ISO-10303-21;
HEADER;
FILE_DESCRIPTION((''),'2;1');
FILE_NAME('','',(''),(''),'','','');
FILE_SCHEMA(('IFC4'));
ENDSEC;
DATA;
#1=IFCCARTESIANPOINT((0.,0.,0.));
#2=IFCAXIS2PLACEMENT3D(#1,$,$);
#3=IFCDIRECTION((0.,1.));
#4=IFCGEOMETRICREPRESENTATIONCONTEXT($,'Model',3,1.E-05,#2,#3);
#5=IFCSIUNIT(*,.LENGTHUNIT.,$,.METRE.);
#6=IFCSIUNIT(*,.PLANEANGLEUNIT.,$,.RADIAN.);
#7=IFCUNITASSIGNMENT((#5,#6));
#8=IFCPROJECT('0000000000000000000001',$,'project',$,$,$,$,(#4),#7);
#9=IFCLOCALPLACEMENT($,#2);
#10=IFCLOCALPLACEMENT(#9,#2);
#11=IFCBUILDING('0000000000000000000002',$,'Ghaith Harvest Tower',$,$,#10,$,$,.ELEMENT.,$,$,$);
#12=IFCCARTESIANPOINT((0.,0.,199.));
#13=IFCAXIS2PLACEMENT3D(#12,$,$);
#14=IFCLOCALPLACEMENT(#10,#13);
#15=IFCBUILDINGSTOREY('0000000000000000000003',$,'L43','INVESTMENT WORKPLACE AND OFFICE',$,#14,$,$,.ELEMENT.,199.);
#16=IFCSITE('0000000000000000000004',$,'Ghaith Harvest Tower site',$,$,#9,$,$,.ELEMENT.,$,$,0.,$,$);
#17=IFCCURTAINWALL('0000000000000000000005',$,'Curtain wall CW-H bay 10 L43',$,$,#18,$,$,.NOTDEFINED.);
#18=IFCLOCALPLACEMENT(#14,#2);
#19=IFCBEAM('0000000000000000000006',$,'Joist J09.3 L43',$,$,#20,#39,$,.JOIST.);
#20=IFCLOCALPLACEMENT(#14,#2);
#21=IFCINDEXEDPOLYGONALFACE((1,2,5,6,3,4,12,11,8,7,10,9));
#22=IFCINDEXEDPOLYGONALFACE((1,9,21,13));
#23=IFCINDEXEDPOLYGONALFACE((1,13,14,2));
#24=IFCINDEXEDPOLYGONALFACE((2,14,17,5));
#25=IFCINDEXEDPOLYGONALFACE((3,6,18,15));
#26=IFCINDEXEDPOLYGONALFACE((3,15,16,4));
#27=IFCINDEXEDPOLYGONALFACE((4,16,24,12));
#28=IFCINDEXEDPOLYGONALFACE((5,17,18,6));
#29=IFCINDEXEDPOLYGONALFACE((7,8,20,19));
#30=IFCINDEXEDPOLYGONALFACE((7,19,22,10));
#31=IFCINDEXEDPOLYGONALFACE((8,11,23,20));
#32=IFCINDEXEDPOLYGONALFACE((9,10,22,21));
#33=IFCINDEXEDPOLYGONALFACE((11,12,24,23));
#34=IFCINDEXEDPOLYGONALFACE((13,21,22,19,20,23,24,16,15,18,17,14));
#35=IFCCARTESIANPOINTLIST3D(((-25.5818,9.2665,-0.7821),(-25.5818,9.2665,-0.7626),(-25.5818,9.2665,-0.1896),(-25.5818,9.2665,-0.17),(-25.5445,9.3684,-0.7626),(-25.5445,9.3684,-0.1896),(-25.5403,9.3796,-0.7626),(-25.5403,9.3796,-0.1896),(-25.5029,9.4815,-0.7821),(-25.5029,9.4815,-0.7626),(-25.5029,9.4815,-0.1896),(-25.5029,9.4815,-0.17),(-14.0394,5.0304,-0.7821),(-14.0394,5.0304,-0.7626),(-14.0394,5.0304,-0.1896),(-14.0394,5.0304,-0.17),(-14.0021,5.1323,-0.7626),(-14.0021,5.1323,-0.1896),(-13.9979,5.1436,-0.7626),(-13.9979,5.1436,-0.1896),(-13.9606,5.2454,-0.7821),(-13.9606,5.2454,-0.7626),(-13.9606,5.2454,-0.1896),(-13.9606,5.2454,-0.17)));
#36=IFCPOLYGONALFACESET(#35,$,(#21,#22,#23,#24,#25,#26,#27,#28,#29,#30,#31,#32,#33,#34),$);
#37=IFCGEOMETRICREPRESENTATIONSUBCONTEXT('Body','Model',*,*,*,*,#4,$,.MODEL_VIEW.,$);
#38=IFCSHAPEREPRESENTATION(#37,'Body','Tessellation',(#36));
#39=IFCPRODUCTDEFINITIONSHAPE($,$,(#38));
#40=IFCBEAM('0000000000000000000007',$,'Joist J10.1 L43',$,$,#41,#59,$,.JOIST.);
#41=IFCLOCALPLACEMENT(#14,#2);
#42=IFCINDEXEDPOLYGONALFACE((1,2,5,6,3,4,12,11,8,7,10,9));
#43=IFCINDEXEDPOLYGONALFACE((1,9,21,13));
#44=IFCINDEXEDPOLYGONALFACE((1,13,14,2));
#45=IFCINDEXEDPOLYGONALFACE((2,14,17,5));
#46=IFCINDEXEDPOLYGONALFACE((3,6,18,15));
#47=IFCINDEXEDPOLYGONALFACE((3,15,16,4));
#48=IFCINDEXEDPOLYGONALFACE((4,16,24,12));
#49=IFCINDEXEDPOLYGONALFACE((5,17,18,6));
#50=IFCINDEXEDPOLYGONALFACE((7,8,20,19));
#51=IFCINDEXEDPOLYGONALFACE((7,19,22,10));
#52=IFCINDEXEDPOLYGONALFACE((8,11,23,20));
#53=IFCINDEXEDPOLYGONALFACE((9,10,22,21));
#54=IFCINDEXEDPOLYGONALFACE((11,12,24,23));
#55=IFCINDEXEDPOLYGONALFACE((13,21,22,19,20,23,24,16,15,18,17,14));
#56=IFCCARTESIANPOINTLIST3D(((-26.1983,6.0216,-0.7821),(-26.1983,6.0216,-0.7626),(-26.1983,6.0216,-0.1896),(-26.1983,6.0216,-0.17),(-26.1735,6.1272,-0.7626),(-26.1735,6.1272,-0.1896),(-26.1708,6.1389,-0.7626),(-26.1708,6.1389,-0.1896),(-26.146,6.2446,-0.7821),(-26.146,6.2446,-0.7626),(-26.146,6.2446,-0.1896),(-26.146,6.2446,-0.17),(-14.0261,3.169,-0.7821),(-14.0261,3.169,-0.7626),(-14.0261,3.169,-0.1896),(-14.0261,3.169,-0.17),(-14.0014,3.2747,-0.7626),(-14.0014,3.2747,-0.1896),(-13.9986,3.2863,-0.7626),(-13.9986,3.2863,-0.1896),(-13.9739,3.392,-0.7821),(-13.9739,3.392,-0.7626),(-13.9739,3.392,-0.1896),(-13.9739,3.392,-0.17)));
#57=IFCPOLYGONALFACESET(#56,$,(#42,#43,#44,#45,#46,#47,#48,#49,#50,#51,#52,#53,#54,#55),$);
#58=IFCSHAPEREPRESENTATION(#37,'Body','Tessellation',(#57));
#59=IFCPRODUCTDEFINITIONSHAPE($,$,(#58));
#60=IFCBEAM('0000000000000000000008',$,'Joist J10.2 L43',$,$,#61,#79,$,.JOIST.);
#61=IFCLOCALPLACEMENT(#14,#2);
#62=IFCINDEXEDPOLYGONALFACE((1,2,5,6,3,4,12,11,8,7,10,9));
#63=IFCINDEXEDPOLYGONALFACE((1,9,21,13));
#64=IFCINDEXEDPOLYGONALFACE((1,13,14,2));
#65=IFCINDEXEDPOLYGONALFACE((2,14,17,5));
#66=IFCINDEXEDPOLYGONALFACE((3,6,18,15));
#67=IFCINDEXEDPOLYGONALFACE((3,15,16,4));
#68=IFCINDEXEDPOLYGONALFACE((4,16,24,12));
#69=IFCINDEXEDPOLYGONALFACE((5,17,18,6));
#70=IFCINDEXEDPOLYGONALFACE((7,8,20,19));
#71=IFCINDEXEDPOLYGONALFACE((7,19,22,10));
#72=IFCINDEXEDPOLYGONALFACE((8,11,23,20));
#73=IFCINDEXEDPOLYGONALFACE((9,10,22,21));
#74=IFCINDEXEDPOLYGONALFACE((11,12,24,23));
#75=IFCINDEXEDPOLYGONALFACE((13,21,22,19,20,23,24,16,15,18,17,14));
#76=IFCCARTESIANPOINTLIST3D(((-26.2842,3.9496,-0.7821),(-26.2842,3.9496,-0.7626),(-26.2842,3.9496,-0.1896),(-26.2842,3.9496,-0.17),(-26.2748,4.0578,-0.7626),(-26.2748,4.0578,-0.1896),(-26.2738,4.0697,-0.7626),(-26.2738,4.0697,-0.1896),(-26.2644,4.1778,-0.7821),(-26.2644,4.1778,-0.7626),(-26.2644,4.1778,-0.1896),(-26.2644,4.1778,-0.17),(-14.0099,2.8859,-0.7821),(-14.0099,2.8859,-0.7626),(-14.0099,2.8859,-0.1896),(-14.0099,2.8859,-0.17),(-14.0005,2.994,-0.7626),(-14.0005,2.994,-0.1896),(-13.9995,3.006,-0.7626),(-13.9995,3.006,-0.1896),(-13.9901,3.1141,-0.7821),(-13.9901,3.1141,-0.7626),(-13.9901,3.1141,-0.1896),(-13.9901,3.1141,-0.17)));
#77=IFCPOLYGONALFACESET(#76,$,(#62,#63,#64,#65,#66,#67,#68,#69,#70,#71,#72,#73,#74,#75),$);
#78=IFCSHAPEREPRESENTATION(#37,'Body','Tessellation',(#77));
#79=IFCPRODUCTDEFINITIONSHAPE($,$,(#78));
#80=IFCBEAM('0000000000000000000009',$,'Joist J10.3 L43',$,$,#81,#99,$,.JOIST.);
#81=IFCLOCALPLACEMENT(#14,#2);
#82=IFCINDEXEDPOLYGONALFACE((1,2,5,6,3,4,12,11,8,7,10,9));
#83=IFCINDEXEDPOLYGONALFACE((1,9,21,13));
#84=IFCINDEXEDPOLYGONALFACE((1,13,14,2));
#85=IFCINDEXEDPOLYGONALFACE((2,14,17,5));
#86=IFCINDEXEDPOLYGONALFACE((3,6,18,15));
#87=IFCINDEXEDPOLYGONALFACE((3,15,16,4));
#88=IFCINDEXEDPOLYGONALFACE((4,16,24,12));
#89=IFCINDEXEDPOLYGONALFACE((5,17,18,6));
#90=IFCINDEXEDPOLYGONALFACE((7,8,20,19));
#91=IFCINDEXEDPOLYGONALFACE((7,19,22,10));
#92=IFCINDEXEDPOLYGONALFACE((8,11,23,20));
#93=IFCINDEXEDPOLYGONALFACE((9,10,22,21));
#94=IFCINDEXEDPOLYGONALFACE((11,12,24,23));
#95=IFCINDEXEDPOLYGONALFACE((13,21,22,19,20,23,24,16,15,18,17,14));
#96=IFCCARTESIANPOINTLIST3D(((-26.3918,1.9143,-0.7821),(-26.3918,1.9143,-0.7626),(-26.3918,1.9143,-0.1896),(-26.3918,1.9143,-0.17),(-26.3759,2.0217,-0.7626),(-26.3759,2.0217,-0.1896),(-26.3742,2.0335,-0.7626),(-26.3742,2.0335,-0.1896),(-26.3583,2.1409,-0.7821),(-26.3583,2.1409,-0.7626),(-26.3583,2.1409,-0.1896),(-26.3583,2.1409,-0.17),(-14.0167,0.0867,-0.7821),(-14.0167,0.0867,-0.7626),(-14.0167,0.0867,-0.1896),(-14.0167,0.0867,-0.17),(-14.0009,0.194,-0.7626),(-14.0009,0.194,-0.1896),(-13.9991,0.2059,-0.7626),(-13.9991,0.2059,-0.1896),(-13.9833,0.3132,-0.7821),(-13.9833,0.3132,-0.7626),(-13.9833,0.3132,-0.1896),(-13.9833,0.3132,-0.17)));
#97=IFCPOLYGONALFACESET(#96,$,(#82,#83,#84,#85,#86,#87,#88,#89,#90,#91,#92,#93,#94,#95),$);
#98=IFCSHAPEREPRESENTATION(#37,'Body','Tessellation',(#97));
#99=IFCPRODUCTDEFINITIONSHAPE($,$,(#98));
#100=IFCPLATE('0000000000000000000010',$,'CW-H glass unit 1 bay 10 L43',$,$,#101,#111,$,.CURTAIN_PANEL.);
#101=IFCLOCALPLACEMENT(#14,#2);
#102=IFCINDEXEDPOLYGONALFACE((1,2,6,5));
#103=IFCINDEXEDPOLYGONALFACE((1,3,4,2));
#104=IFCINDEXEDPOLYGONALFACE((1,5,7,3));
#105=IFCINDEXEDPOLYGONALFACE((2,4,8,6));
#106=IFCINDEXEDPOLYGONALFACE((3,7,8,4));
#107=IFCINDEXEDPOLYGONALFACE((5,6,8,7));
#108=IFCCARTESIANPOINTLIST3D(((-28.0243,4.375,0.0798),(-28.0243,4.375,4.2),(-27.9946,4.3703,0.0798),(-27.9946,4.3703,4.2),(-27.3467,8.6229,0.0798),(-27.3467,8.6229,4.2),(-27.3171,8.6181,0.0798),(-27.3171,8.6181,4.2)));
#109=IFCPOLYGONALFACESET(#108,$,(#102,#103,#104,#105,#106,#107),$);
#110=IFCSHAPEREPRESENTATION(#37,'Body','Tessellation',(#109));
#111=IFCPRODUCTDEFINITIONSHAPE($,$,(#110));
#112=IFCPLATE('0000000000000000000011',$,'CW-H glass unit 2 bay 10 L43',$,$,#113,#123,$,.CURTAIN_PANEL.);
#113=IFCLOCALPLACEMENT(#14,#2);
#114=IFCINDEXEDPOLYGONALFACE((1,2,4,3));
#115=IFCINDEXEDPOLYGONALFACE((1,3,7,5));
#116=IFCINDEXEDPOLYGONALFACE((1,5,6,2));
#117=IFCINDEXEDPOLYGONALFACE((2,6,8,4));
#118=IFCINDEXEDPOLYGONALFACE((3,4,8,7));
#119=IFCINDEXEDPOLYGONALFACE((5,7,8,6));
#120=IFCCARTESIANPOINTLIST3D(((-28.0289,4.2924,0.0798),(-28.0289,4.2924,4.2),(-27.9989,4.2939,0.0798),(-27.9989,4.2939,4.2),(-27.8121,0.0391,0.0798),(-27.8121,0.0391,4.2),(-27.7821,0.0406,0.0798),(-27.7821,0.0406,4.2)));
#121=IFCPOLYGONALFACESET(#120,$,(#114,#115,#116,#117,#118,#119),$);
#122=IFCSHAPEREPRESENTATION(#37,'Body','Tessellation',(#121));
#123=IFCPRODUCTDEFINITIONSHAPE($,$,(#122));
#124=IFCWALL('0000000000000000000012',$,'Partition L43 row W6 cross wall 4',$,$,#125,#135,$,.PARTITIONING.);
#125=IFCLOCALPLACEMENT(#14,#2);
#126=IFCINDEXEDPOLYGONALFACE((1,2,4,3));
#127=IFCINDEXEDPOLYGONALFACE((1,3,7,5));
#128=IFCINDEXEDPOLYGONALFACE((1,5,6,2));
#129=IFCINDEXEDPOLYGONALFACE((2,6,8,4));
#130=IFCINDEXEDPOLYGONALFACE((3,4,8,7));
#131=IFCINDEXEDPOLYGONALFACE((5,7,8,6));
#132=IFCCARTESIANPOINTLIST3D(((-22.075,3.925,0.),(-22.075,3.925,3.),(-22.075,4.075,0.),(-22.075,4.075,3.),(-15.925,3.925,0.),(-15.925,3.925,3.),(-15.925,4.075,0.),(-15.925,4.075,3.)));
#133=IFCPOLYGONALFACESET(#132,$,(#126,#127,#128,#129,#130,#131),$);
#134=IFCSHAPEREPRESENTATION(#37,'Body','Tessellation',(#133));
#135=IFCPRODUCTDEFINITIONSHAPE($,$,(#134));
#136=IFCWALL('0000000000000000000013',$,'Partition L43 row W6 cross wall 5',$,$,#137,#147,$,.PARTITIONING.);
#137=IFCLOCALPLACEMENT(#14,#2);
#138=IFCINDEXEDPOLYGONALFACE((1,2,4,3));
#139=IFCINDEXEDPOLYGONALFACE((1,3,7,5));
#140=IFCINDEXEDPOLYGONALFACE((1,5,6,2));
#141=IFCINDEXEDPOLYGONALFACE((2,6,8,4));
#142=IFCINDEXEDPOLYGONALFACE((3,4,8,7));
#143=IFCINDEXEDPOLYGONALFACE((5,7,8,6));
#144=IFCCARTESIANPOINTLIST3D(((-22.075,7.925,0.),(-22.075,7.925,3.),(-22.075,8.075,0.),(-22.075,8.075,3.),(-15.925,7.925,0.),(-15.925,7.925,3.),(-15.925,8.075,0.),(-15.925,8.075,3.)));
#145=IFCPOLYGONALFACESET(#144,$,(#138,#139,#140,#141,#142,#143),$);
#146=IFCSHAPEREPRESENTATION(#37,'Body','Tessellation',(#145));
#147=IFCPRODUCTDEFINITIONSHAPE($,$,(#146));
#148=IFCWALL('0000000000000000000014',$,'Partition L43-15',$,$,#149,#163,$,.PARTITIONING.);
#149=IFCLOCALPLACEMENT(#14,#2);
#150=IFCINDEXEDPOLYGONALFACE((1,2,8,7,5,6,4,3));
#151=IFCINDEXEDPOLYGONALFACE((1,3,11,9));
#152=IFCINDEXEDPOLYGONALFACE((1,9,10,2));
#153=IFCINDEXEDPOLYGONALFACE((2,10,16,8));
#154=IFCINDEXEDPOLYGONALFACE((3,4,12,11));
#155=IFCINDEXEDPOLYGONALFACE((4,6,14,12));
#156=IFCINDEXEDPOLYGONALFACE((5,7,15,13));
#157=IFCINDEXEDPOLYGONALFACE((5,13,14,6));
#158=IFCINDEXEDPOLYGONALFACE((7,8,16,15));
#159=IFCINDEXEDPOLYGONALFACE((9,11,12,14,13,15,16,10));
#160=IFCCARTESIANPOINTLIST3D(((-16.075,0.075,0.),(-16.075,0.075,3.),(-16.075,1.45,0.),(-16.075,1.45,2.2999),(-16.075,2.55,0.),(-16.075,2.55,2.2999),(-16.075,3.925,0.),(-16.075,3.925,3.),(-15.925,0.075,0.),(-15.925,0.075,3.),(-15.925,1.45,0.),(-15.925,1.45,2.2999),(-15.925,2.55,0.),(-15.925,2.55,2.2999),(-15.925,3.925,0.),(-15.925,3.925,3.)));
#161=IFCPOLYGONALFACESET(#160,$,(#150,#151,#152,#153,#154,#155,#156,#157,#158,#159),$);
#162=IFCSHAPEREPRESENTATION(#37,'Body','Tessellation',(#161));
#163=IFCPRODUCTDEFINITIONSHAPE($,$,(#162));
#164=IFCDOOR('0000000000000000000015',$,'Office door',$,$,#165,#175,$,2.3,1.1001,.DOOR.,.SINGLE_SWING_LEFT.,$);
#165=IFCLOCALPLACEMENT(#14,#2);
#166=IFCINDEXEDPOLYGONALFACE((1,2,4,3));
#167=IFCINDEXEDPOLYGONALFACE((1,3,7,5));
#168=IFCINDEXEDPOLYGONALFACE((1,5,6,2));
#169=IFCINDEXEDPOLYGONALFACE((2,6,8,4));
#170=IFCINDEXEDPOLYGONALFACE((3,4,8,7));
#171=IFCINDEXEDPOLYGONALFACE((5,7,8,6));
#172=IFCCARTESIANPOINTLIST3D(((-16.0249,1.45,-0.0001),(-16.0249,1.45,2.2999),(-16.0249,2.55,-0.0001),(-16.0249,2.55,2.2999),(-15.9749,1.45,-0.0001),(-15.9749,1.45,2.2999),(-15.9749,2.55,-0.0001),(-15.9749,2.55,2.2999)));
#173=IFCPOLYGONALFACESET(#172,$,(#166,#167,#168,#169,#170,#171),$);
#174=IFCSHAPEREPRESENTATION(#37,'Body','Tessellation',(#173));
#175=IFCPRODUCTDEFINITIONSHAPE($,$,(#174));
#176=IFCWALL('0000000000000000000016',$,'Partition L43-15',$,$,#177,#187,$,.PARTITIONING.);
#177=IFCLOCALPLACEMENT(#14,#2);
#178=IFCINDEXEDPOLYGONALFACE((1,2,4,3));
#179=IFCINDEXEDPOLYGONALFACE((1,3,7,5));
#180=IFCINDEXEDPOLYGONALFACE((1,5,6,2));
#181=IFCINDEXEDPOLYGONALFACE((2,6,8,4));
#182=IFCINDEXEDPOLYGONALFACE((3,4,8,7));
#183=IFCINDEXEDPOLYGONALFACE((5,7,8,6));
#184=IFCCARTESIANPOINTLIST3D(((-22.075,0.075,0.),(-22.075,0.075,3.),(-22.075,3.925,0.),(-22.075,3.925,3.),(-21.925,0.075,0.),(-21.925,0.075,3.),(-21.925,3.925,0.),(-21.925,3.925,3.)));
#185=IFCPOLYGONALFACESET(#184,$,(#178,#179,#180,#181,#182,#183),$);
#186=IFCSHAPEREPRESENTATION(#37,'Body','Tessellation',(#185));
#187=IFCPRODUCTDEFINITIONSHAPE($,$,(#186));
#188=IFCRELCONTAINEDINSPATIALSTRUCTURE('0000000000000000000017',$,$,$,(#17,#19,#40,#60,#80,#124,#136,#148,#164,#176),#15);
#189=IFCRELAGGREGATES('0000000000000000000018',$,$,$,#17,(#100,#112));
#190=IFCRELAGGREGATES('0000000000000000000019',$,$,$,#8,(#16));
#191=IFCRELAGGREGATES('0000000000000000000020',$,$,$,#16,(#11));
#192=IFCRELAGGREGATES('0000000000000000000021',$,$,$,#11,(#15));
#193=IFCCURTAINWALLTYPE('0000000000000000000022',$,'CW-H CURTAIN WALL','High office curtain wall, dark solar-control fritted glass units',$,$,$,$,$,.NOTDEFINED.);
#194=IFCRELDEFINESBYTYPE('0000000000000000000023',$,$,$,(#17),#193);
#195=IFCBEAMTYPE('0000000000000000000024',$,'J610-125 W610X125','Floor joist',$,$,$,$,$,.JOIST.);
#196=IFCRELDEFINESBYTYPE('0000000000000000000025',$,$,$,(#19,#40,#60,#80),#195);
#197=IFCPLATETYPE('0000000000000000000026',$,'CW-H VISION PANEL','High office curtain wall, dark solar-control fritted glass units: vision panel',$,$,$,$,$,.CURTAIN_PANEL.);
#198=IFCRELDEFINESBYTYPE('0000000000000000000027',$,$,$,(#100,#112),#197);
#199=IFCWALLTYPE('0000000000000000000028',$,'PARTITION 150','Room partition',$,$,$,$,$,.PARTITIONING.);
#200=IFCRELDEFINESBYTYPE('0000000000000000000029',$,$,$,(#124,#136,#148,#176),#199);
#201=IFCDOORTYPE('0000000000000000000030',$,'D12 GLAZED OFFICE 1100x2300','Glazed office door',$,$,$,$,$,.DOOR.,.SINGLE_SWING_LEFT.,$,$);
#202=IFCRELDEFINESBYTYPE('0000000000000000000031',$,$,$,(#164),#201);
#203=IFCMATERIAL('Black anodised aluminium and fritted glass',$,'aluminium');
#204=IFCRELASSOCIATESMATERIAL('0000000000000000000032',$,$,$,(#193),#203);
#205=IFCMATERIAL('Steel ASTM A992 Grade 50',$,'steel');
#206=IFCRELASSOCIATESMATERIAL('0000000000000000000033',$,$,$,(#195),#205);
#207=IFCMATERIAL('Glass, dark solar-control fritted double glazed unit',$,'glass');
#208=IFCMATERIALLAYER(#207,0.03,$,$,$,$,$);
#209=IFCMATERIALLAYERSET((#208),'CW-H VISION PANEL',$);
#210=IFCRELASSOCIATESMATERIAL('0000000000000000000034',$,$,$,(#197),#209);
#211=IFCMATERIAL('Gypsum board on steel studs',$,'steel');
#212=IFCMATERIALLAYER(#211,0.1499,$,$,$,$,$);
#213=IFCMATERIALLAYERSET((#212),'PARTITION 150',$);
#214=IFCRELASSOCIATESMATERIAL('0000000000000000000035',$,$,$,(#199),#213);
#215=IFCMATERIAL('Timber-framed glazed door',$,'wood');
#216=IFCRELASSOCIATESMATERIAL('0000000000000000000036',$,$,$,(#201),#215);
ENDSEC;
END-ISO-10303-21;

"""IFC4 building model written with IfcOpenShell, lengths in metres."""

from ifc_helpers import new_model, si_unit, direction, frame, frame_2d, origin, origin_2d, place, context, subcontext, project, spatial, rectangle, i_section, extrude, material, layer, layer_set, material_profile, profile_set, type_object, element, fill, aggregate, save


model = new_model("IFC4")

# Units and contexts
model_context = context("Model", 3, precision=1e-05, world=origin(), true_north=direction((0.0, 1.0)))
body_context = subcontext(model_context, "Body", "Model", "MODEL_VIEW")
ifc_project = project(units=[si_unit("LENGTHUNIT", "METRE"), si_unit("PLANEANGLEUNIT", "RADIAN")], contexts=[model_context])

# Site, building, storey
site_placement = place(None, origin())
site = spatial("IfcSite", under=ifc_project, at=site_placement, Name="Ghaith Harvest Tower site", CompositionType="ELEMENT", RefElevation=0.0)
building_placement = place(site_placement, origin())
building = spatial("IfcBuilding", under=site, at=building_placement, Name="Ghaith Harvest Tower", CompositionType="ELEMENT")
storey_placement = place(building_placement, frame((0.0, 0.0, 199.0)))
storey = spatial("IfcBuildingStorey", under=building, at=storey_placement, Name="L43", Description="INVESTMENT WORKPLACE AND OFFICE", CompositionType="ELEMENT", Elevation=199.0)

# Curtain wall
ifc_material_1 = material(Name="Black anodised aluminium and fritted glass", Category="aluminium")
curtain_wall_type = type_object("IfcCurtainWallType", Name="CW-H CURTAIN WALL", Description="High office curtain wall, dark solar-control fritted glass units", PredefinedType="NOTDEFINED", material=ifc_material_1)
curtain_wall_placement = place(storey_placement, origin())
curtain_wall = element("IfcCurtainWall", 1, at=curtain_wall_placement, inside=storey, type_object=curtain_wall_type, Name="Curtain wall CW-H bay 10 L43", PredefinedType="NOTDEFINED")

# Beams
ifc_material_2 = material(Name="Steel ASTM A992 Grade 50", Category="steel")
ifc_material_profile_1 = material_profile(ifc_material_2, i_section(OverallWidth=0.229, OverallDepth=0.6121, WebThickness=0.012, FlangeThickness=0.0195, at=origin_2d()), Name="W610X125")
ifc_profile_set_1 = profile_set([ifc_material_profile_1], Name="Steel ASTM A992 Grade 50")
beam_type_1 = type_object("IfcBeamType", Name="J610-125 W610X125", Description="Floor joist", PredefinedType="JOIST", material=ifc_profile_set_1)
beam_1_placement = place(storey_placement, frame((-14.0, 5.1379, -0.4761), z_axis=(-0.938775, 0.34453, 0.0), x_axis=(-0.34453, -0.938775, 0.0)))
element("IfcBeam", 2, at=beam_1_placement, inside=storey, type_object=beam_type_1, Name="Joist J09.3 L43", PredefinedType="JOIST", context=body_context, shape_type="SweptSolid", body=[
    extrude(i_section(OverallWidth=0.229, OverallDepth=0.6121, WebThickness=0.012, FlangeThickness=0.0195, at=origin_2d()), origin(), (0.0, 0.0, 1.0), 12.2952),
])
beam_2_placement = place(storey_placement, frame((-14.0, 3.2805, -0.4761), z_axis=(-0.973622, 0.228168, 0.0), x_axis=(-0.228168, -0.973622, 0.0)))
element("IfcBeam", 3, at=beam_2_placement, inside=storey, type_object=beam_type_1, Name="Joist J10.1 L43", PredefinedType="JOIST", context=body_context, shape_type="SweptSolid", body=[
    extrude(i_section(OverallWidth=0.229, OverallDepth=0.6121, WebThickness=0.012, FlangeThickness=0.0195, at=origin_2d()), origin(), (0.0, 0.0, 1.0), 12.502),
])
beam_3_placement = place(storey_placement, frame((-14.0, 3.0, -0.4761), z_axis=(-0.996266, 0.086338, 0.0), x_axis=(-0.086338, -0.996266, 0.0)))
element("IfcBeam", 4, at=beam_3_placement, inside=storey, type_object=beam_type_1, Name="Joist J10.2 L43", PredefinedType="JOIST", context=body_context, shape_type="SweptSolid", body=[
    extrude(i_section(OverallWidth=0.229, OverallDepth=0.6121, WebThickness=0.012, FlangeThickness=0.0195, at=origin_2d()), origin(), (0.0, 0.0, 1.0), 12.3203),
])
beam_4_placement = place(storey_placement, frame((-14.0, 0.2, -0.4761), z_axis=(-0.989269, 0.146103, 0.0), x_axis=(-0.146103, -0.989269, 0.0)))
element("IfcBeam", 5, at=beam_4_placement, inside=storey, type_object=beam_type_1, Name="Joist J10.3 L43", PredefinedType="JOIST", context=body_context, shape_type="SweptSolid", body=[
    extrude(i_section(OverallWidth=0.229, OverallDepth=0.6121, WebThickness=0.012, FlangeThickness=0.0195, at=origin_2d()), origin(), (0.0, 0.0, 1.0), 12.5093),
])

# Plates
ifc_material_3 = material(Name="Glass, dark solar-control fritted double glazed unit", Category="glass")
ifc_layer_1 = layer(ifc_material_3, 0.03)
ifc_layer_set_1 = layer_set([ifc_layer_1], Name="CW-H VISION PANEL")
plate_type = type_object("IfcPlateType", Name="CW-H VISION PANEL", Description="High office curtain wall, dark solar-control fritted glass units: vision panel", PredefinedType="CURTAIN_PANEL", material=ifc_layer_set_1)
plate_1_placement = place(storey_placement, frame((-27.6707, 6.4966, 0.0798), z_axis=(0.0, 0.0, 1.0), x_axis=(-0.157514, -0.987517, 0.0)))
plate_1 = element("IfcPlate", 6, at=plate_1_placement, type_object=plate_type, Name="CW-H glass unit 1 bay 10 L43", PredefinedType="CURTAIN_PANEL", context=body_context, shape_type="SweptSolid", body=[
    extrude(rectangle(XDim=4.3015, YDim=0.03, at=origin_2d()), origin(), (0.0, 0.0, 1.0), 4.1201),
])
plate_2_placement = place(storey_placement, frame((-27.9055, 2.1665, 0.0798), z_axis=(0.0, 0.0, 1.0), x_axis=(0.050895, -0.998704, 0.0)))
plate_2 = element("IfcPlate", 7, at=plate_2_placement, type_object=plate_type, Name="CW-H glass unit 2 bay 10 L43", PredefinedType="CURTAIN_PANEL", context=body_context, shape_type="SweptSolid", body=[
    extrude(rectangle(XDim=4.2588, YDim=0.03, at=origin_2d()), origin(), (0.0, 0.0, 1.0), 4.1201),
])
aggregate(curtain_wall, [plate_1, plate_2])

# Walls
ifc_material_4 = material(Name="Gypsum board on steel studs", Category="steel")
ifc_layer_2 = layer(ifc_material_4, 0.1499)
ifc_layer_set_2 = layer_set([ifc_layer_2], Name="PARTITION 150")
wall_type_1 = type_object("IfcWallType", Name="PARTITION 150", Description="Room partition", PredefinedType="PARTITIONING", material=ifc_layer_set_2)
for number, where, z_axis, x_axis, name in (
    (8, (-15.925, 4.0, 0.0), (0.0, 0.0, 1.0), (-1.0, 0.0, 0.0), "Partition L43 row W6 cross wall 4"),
    (9, (-15.925, 8.0, 0.0), (0.0, 0.0, 1.0), (-1.0, 0.0, 0.0), "Partition L43 row W6 cross wall 5"),
):
    element("IfcWall", number, at=place(storey_placement, frame(where, z_axis=z_axis, x_axis=x_axis)), inside=storey, type_object=wall_type_1, Name=name, PredefinedType="PARTITIONING", context=body_context, shape_type="SweptSolid", body=[
        extrude(rectangle(XDim=6.1499, YDim=0.1499, at=frame_2d((3.075, 0.0))), origin(), (0.0, 0.0, 1.0), 3.0),
    ])

# Wall, opening, door
wall_1_placement = place(storey_placement, frame((-16.0, 0.075, 0.0), z_axis=(0.0, 0.0, 1.0), x_axis=(0.0, 1.0, 0.0)))
wall_1 = element("IfcWall", 10, at=wall_1_placement, inside=storey, type_object=wall_type_1, Name="Partition L43-15", PredefinedType="PARTITIONING", context=body_context, shape_type="SweptSolid", body=[
    extrude(rectangle(XDim=3.8501, YDim=0.1499, at=frame_2d((1.925, 0.0))), origin(), (0.0, 0.0, 1.0), 3.0),
])
opening_1_placement = place(wall_1_placement, frame((1.375, 0.0, 0.0)))
opening_1 = element("IfcOpeningElement", 11, at=opening_1_placement, cuts=wall_1, PredefinedType="OPENING", context=body_context, shape_type="SweptSolid", body=[
    extrude(rectangle(XDim=1.1001, YDim=2.3, at=frame_2d((0.55, 1.1499))), frame((0.0, 0.085, 0.0), z_axis=(0.0, -1.0, 0.0), x_axis=(1.0, 0.0, 0.0)), (0.0, 0.0, 1.0), 0.1699),
])
ifc_material_5 = material(Name="Timber-framed glazed door", Category="wood")
door_type = type_object("IfcDoorType", Name="D12 GLAZED OFFICE 1100x2300", Description="Glazed office door", OperationType="SINGLE_SWING_LEFT", PredefinedType="DOOR", material=ifc_material_5)
door_1_placement = place(opening_1_placement, origin())
door_1 = element("IfcDoor", 12, at=door_1_placement, inside=storey, type_object=door_type, Name="Office door", OperationType="SINGLE_SWING_LEFT", OverallHeight=2.3, OverallWidth=1.1001, PredefinedType="DOOR", context=body_context, shape_type="SweptSolid", body=[
    extrude(rectangle(XDim=1.1001, YDim=2.3, at=frame_2d((0.55, 1.1499))), frame((0.0, 0.0249, 0.0), z_axis=(0.0, -1.0, 0.0), x_axis=(1.0, 0.0, 0.0)), (0.0, 0.0, 1.0), 0.05),
])
fill(opening_1, door_1)

# Wall
wall_2_placement = place(storey_placement, frame((-22.0, 0.075, 0.0), z_axis=(0.0, 0.0, 1.0), x_axis=(0.0, 1.0, 0.0)))
element("IfcWall", 13, at=wall_2_placement, inside=storey, type_object=wall_type_1, Name="Partition L43-15", PredefinedType="PARTITIONING", context=body_context, shape_type="SweptSolid", body=[
    extrude(rectangle(XDim=3.8501, YDim=0.1499, at=frame_2d((1.925, 0.0))), origin(), (0.0, 0.0, 1.0), 3.0),
])

save(model, "model.ifc")
